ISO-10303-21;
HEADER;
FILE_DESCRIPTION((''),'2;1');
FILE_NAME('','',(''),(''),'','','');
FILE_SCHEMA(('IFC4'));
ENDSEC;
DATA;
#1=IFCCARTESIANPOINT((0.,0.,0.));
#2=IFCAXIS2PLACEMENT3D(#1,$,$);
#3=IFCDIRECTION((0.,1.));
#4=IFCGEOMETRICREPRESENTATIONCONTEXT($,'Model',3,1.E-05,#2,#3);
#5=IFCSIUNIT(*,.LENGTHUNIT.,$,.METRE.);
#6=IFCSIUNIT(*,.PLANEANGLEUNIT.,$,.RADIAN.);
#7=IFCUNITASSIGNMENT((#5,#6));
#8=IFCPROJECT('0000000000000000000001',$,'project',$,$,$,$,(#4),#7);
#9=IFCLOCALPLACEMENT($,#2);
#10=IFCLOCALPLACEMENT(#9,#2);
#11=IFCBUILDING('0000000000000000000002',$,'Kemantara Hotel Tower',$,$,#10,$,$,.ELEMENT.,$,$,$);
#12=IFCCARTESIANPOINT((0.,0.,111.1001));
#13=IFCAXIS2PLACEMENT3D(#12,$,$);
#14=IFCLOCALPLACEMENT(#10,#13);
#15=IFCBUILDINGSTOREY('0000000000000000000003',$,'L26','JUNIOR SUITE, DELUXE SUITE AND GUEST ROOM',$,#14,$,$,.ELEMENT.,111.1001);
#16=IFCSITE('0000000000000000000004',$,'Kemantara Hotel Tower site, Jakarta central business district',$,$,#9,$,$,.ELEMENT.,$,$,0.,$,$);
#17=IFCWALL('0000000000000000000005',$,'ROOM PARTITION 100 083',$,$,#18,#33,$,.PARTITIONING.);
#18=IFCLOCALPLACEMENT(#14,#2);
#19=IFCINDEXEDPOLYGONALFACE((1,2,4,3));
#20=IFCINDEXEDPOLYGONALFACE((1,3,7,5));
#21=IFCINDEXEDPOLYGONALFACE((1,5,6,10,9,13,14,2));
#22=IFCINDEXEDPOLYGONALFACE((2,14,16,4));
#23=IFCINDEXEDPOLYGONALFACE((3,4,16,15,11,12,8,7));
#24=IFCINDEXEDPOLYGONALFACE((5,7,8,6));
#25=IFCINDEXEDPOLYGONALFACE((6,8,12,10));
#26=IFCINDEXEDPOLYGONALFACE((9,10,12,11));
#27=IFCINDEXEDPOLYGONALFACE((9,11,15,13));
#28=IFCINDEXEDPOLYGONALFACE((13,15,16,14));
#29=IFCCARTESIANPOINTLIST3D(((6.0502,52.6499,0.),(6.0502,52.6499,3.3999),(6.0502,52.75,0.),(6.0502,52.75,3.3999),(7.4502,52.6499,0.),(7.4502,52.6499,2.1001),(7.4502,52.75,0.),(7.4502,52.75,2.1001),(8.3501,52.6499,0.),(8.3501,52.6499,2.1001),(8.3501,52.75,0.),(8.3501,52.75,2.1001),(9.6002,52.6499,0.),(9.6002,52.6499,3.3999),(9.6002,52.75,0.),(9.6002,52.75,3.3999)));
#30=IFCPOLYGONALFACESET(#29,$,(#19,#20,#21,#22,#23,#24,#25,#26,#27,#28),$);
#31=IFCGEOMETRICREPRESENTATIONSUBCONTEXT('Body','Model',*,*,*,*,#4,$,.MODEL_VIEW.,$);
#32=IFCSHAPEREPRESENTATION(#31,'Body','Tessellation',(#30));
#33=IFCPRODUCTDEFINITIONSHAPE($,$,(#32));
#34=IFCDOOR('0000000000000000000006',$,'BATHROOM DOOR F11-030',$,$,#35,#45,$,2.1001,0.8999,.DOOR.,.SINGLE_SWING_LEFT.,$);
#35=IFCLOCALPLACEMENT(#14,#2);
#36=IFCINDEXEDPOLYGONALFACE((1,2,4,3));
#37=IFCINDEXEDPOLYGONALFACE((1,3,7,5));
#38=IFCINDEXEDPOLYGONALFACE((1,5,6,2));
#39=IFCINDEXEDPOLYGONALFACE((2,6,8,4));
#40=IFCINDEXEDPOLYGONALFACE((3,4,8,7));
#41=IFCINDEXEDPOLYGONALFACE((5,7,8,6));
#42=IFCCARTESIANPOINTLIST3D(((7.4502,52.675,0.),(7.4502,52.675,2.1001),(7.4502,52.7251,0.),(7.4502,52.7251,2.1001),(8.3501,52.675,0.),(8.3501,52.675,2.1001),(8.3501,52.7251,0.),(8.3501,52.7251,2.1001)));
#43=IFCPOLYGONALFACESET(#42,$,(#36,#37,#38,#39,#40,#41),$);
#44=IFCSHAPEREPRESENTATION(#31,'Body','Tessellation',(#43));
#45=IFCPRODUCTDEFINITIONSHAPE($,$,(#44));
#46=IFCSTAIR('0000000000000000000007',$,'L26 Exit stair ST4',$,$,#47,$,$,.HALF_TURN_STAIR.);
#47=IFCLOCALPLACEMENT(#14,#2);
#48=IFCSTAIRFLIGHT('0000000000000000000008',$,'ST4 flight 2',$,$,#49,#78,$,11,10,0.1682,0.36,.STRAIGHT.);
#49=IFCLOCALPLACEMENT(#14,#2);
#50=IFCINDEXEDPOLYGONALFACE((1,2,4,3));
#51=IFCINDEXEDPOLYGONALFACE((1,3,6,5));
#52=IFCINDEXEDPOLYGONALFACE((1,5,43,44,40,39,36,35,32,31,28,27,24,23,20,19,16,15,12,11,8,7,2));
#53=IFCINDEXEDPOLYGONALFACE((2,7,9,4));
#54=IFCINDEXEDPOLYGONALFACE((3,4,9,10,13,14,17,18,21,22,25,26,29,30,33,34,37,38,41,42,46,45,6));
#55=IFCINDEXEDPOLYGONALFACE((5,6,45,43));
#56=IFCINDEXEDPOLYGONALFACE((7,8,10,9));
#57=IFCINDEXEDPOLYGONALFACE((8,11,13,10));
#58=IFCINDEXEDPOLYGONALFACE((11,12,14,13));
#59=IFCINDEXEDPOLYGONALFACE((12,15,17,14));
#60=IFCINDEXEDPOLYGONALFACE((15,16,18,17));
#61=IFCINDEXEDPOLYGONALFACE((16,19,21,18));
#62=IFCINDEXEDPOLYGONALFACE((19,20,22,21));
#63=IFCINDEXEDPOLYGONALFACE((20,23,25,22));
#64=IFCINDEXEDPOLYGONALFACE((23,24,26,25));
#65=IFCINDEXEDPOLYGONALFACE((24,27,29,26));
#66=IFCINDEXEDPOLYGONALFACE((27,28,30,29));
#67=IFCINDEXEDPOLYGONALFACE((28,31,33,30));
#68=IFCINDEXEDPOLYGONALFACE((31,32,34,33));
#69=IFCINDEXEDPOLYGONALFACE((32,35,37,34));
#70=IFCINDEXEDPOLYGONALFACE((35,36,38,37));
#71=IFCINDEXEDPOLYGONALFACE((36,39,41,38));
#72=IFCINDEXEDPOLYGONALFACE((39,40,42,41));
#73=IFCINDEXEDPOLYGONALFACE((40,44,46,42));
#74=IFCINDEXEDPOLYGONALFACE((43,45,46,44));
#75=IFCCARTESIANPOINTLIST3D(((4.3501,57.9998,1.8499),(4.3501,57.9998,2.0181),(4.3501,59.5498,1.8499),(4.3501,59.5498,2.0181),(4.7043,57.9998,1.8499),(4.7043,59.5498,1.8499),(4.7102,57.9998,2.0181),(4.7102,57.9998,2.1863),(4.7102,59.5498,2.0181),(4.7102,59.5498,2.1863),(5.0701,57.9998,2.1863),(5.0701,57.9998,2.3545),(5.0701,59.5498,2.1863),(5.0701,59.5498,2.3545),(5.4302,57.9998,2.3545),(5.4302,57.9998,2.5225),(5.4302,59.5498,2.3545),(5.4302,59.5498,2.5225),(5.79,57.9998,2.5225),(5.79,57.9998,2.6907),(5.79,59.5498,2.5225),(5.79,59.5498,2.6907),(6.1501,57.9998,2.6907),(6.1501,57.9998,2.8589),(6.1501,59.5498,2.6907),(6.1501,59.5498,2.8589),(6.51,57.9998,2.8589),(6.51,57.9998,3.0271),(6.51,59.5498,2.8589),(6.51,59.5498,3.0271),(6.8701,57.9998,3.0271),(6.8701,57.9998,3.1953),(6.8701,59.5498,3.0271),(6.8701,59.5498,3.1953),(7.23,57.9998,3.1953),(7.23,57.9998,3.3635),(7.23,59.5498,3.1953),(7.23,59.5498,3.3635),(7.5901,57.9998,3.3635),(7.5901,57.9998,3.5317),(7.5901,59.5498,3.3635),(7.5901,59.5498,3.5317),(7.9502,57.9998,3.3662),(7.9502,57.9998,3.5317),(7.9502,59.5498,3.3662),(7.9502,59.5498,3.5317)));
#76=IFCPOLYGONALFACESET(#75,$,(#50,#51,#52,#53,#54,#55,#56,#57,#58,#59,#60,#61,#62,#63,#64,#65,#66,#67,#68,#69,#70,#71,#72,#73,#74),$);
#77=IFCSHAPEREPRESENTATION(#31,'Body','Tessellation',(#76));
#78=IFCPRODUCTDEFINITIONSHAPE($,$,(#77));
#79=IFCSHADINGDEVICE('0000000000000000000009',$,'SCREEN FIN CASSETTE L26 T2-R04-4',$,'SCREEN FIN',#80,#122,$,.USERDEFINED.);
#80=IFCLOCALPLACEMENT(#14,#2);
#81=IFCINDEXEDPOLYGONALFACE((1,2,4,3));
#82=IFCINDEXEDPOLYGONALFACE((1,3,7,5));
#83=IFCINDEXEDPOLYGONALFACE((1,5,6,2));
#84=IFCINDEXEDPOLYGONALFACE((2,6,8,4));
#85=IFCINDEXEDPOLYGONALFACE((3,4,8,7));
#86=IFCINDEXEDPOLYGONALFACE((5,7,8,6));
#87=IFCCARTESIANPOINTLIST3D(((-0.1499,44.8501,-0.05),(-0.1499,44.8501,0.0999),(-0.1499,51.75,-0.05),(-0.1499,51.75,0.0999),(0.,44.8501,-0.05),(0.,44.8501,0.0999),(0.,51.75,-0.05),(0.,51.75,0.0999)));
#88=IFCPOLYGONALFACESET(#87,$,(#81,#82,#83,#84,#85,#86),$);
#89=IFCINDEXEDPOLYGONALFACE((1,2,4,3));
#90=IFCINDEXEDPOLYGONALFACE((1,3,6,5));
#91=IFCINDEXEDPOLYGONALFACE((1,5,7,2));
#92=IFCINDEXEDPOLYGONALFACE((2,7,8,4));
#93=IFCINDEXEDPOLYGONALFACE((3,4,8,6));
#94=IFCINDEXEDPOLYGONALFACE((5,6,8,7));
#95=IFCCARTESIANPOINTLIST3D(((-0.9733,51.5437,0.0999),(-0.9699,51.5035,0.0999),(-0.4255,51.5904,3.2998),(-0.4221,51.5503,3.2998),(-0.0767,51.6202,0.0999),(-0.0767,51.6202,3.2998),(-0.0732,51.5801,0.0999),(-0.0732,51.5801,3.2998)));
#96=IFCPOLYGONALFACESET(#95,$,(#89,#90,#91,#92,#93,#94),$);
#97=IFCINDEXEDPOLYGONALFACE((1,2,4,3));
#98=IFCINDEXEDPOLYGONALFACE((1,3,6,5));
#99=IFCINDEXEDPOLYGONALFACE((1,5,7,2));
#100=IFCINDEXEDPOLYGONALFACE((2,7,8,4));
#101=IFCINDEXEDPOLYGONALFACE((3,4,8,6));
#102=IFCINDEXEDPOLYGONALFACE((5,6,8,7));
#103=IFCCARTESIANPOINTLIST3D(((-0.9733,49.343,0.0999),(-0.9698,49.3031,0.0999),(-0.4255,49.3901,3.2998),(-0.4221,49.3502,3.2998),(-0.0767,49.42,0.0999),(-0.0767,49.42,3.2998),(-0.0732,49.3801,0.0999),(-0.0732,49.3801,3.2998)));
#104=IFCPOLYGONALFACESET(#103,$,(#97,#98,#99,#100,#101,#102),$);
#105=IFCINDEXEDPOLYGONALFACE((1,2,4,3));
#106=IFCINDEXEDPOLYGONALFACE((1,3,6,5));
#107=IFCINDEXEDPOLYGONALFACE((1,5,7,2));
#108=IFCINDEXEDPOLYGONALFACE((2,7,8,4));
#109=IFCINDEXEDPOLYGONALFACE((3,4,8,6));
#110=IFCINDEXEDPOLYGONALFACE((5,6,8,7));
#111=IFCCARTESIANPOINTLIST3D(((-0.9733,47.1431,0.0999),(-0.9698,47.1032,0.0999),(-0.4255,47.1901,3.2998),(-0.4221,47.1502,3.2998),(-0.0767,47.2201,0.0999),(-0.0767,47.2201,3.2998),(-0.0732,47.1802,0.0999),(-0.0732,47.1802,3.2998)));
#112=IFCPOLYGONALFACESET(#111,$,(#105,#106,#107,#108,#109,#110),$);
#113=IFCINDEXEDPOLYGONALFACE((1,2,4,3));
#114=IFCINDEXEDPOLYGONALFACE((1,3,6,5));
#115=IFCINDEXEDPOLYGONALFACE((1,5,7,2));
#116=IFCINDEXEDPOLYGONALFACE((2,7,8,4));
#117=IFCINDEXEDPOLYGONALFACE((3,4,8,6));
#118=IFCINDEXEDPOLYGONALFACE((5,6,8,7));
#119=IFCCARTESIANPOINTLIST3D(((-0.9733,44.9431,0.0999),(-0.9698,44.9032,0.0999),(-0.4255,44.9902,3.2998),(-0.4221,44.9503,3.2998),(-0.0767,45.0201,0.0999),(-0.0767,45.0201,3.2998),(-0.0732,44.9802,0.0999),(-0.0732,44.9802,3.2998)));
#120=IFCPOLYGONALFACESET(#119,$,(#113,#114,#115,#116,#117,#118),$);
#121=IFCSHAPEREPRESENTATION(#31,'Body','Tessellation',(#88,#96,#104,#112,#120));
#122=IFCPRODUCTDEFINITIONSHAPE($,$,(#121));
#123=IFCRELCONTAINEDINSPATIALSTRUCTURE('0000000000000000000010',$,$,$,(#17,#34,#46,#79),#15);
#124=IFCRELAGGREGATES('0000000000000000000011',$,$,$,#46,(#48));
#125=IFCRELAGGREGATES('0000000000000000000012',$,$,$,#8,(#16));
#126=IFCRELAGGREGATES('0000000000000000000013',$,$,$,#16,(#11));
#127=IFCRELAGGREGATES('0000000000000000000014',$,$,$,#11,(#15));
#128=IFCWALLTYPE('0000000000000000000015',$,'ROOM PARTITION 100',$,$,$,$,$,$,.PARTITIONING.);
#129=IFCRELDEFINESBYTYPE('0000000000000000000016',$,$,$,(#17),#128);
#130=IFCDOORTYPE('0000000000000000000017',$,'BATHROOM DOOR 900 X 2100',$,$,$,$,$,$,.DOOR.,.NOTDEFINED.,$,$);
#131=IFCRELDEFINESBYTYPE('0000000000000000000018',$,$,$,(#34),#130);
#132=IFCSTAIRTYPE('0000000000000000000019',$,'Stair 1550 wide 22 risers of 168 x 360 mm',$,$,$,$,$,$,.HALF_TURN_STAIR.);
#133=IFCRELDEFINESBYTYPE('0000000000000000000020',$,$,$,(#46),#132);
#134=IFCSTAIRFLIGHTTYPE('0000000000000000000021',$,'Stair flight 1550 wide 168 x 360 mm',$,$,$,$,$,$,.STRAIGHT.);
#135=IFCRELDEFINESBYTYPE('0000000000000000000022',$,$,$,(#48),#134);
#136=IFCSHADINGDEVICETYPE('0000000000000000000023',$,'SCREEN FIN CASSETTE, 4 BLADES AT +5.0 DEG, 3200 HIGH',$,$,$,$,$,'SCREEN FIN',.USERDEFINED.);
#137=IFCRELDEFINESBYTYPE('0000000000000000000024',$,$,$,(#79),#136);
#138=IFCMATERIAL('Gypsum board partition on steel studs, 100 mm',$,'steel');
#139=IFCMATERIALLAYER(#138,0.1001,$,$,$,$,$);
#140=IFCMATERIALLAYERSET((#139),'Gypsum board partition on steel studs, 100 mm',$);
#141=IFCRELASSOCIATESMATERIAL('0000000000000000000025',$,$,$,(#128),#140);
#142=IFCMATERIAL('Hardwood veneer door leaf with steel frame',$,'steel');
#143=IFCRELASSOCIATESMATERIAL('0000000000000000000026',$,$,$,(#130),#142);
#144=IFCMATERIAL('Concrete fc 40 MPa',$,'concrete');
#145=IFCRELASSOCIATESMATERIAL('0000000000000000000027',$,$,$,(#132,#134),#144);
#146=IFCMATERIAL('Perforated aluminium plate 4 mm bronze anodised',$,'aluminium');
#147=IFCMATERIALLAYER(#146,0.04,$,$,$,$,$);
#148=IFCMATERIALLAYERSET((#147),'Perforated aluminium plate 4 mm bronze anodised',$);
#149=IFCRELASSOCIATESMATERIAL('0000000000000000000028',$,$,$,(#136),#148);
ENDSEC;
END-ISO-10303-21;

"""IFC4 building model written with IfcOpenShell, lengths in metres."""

from ifc_helpers import new_model, si_unit, direction, frame, frame_2d, origin, origin_2d, place, context, subcontext, project, spatial, polyline, rectangle, outline, extrude, source, transform, mapped, material, layer, layer_set, type_object, element, fill, aggregate, save


model = new_model("IFC4")

# Units and contexts
model_context = context("Model", 3, precision=1e-05, world=origin(), true_north=direction((0.0, 1.0)))
body_context = subcontext(model_context, "Body", "Model", "MODEL_VIEW")
ifc_project = project(units=[si_unit("LENGTHUNIT", "METRE"), si_unit("PLANEANGLEUNIT", "RADIAN")], contexts=[model_context])

# Site, building, storey
site_placement = place(None, origin())
site = spatial("IfcSite", under=ifc_project, at=site_placement, Name="Kemantara Hotel Tower site, Jakarta central business district", CompositionType="ELEMENT", RefElevation=0.0)
building_placement = place(site_placement, origin())
building = spatial("IfcBuilding", under=site, at=building_placement, Name="Kemantara Hotel Tower", CompositionType="ELEMENT")
storey_placement = place(building_placement, frame((0.0, 0.0, 111.1001)))
storey = spatial("IfcBuildingStorey", under=building, at=storey_placement, Name="L26", Description="JUNIOR SUITE, DELUXE SUITE AND GUEST ROOM", CompositionType="ELEMENT", Elevation=111.1001)

# Shared definitions
ifc_material_1 = material(Name="Hardwood veneer door leaf with steel frame", Category="steel")
ifc_material_2 = material(Name="Concrete fc 40 MPa", Category="concrete")

# Wall, opening, door
ifc_material_3 = material(Name="Gypsum board partition on steel studs, 100 mm", Category="steel")
ifc_layer_1 = layer(ifc_material_3, 0.1001)
ifc_layer_set_1 = layer_set([ifc_layer_1], Name="Gypsum board partition on steel studs, 100 mm")
wall_type_1 = type_object("IfcWallType", Name="ROOM PARTITION 100", PredefinedType="PARTITIONING", material=ifc_layer_set_1)
wall_1_placement = place(storey_placement, frame((9.6001, 52.7, 0.0), z_axis=(0.0, 0.0, 1.0), x_axis=(-1.0, 0.0, 0.0)))
wall_1 = element("IfcWall", 1, at=wall_1_placement, inside=storey, type_object=wall_type_1, Name="ROOM PARTITION 100 083", PredefinedType="PARTITIONING", context=body_context, shape_type="SweptSolid", body=[
    extrude(rectangle(XDim=3.55, YDim=0.1001, at=frame_2d((1.7749, 0.0))), origin(), (0.0, 0.0, 1.0), 3.3999),
])
opening_1_placement = place(wall_1_placement, frame((1.25, 0.0, 0.0)))
opening_1 = element("IfcOpeningElement", 2, at=opening_1_placement, cuts=wall_1, PredefinedType="OPENING", context=body_context, shape_type="SweptSolid", body=[
    extrude(rectangle(XDim=0.8999, YDim=2.1001, at=frame_2d((0.45, 1.05))), frame((0.0, 0.0601, 0.0), z_axis=(0.0, -1.0, 0.0), x_axis=(1.0, 0.0, 0.0)), (0.0, 0.0, 1.0), 0.1201),
])
door_type_1 = type_object("IfcDoorType", Name="BATHROOM DOOR 900 X 2100", OperationType="NOTDEFINED", PredefinedType="DOOR", material=ifc_material_1)
door_1_placement = place(opening_1_placement, origin())
door_1 = element("IfcDoor", 3, at=door_1_placement, inside=storey, type_object=door_type_1, Name="BATHROOM DOOR F11-030", OperationType="SINGLE_SWING_LEFT", OverallHeight=2.1001, OverallWidth=0.8999, PredefinedType="DOOR", context=body_context, shape_type="SweptSolid", body=[
    extrude(rectangle(XDim=0.8999, YDim=2.1001, at=frame_2d((0.45, 1.05))), frame((0.0, 0.0249, 0.0), z_axis=(0.0, -1.0, 0.0), x_axis=(1.0, 0.0, 0.0)), (0.0, 0.0, 1.0), 0.05),
])
fill(opening_1, door_1)

# Stair, stair flight
stair_type = type_object("IfcStairType", Name="Stair 1550 wide 22 risers of 168 x 360 mm", PredefinedType="HALF_TURN_STAIR", material=ifc_material_2)
stair_placement = place(storey_placement, origin())
stair = element("IfcStair", 4, at=stair_placement, inside=storey, type_object=stair_type, Name="L26 Exit stair ST4", PredefinedType="HALF_TURN_STAIR")
stair_flight_type = type_object("IfcStairFlightType", Name="Stair flight 1550 wide 168 x 360 mm", PredefinedType="STRAIGHT", material=ifc_material_2)
stair_flight_placement = place(storey_placement, frame((4.3501, 58.7749, 1.8499), z_axis=(0.0, 0.0, 1.0), x_axis=(1.0, 0.0, 0.0)))
stair_flight = element("IfcStairFlight", 5, at=stair_flight_placement, type_object=stair_flight_type, Name="ST4 flight 2", NumberOfRisers=11, NumberOfTreads=10, PredefinedType="STRAIGHT", RiserHeight=0.1682, TreadLength=0.36, context=body_context, shape_type="SweptSolid", body=[
    extrude(outline(polyline([(0.0, 0.0), (0.0, 0.1682), (0.3601, 0.1682), (0.3601, 0.3364), (0.72, 0.3364), (0.72, 0.5046), (1.0801, 0.5046), (1.0801, 0.6726), (1.4399, 0.6726), (1.4399, 0.8408), (1.8, 0.8408), (1.8, 1.009), (2.1599, 1.009), (2.1599, 1.1772), (2.52, 1.1772), (2.52, 1.3455), (2.8799, 1.3455), (2.8799, 1.5137), (3.24, 1.5137), (3.24, 1.6819), (3.6001, 1.6819), (3.6001, 1.8501), (3.6001, 1.5164), (0.3542, 0.0), (0.0, 0.0)])), frame((0.0, 0.7749, 0.0), z_axis=(0.0, -1.0, 0.0), x_axis=(1.0, 0.0, 0.0)), (0.0, 0.0, 1.0), 1.55),
])
aggregate(stair, [stair_flight])

# Shading device
ifc_material_4 = material(Name="Perforated aluminium plate 4 mm bronze anodised", Category="aluminium")
ifc_layer_2 = layer(ifc_material_4, 0.04)
ifc_layer_set_2 = layer_set([ifc_layer_2], Name="Perforated aluminium plate 4 mm bronze anodised")
shading_device_type = type_object("IfcShadingDeviceType", Name="SCREEN FIN CASSETTE, 4 BLADES AT +5.0 DEG, 3200 HIGH", ElementType="SCREEN FIN", PredefinedType="USERDEFINED", material=ifc_layer_set_2)
shared_shape = source(origin(), body_context, "Body", "SweptSolid", [
    extrude(rectangle(XDim=6.8999, YDim=0.1499, at=origin_2d()), frame((3.3, -0.075, -0.1499), z_axis=(0.0, 0.0, 1.0), x_axis=(1.0, 0.0, 0.0)), (0.0, 0.0, 1.0), 0.1499),
    extrude(outline(polyline([(0.0, 0.0), (0.8999, 0.0), (0.3501, 3.2), (0.0, 3.2), (0.0, 0.0)])), frame((0.02, -0.0732, 0.0), z_axis=(-0.996376, -0.085056, 0.0), x_axis=(0.085056, -0.996376, 0.0)), (0.0, 0.0, 1.0), 0.0403),
    extrude(outline(polyline([(0.0, 0.0), (0.8999, 0.0), (0.3501, 3.2), (0.0, 3.2), (0.0, 0.0)])), frame((2.22, -0.0732, 0.0), z_axis=(-0.996332, -0.085575, 0.0), x_axis=(0.085575, -0.996332, 0.0)), (0.0, 0.0, 1.0), 0.04),
    extrude(outline(polyline([(0.0, 0.0), (0.8999, 0.0), (0.3501, 3.2), (0.0, 3.2), (0.0, 0.0)])), frame((4.4199, -0.0732, 0.0), z_axis=(-0.996332, -0.085575, 0.0), x_axis=(0.085575, -0.996332, 0.0)), (0.0, 0.0, 1.0), 0.04),
    extrude(outline(polyline([(0.0, 0.0), (0.8999, 0.0), (0.3501, 3.2), (0.0, 3.2), (0.0, 0.0)])), frame((6.6199, -0.0732, 0.0), z_axis=(-0.996332, -0.085575, 0.0), x_axis=(0.085575, -0.996332, 0.0)), (0.0, 0.0, 1.0), 0.04),
])
shading_device_placement = place(storey_placement, frame((0.0, 51.6001, 0.0999), z_axis=(0.0, 0.0, 1.0), x_axis=(0.0, -1.0, 0.0)))
element("IfcShadingDevice", 6, at=shading_device_placement, inside=storey, type_object=shading_device_type, Name="SCREEN FIN CASSETTE L26 T2-R04-4", ObjectType="SCREEN FIN", PredefinedType="USERDEFINED", context=body_context, shape_type="MappedRepresentation", body=[
    mapped(shared_shape, transform((0.0, 0.0, 0.0))),
])

save(model, "model.ifc")
